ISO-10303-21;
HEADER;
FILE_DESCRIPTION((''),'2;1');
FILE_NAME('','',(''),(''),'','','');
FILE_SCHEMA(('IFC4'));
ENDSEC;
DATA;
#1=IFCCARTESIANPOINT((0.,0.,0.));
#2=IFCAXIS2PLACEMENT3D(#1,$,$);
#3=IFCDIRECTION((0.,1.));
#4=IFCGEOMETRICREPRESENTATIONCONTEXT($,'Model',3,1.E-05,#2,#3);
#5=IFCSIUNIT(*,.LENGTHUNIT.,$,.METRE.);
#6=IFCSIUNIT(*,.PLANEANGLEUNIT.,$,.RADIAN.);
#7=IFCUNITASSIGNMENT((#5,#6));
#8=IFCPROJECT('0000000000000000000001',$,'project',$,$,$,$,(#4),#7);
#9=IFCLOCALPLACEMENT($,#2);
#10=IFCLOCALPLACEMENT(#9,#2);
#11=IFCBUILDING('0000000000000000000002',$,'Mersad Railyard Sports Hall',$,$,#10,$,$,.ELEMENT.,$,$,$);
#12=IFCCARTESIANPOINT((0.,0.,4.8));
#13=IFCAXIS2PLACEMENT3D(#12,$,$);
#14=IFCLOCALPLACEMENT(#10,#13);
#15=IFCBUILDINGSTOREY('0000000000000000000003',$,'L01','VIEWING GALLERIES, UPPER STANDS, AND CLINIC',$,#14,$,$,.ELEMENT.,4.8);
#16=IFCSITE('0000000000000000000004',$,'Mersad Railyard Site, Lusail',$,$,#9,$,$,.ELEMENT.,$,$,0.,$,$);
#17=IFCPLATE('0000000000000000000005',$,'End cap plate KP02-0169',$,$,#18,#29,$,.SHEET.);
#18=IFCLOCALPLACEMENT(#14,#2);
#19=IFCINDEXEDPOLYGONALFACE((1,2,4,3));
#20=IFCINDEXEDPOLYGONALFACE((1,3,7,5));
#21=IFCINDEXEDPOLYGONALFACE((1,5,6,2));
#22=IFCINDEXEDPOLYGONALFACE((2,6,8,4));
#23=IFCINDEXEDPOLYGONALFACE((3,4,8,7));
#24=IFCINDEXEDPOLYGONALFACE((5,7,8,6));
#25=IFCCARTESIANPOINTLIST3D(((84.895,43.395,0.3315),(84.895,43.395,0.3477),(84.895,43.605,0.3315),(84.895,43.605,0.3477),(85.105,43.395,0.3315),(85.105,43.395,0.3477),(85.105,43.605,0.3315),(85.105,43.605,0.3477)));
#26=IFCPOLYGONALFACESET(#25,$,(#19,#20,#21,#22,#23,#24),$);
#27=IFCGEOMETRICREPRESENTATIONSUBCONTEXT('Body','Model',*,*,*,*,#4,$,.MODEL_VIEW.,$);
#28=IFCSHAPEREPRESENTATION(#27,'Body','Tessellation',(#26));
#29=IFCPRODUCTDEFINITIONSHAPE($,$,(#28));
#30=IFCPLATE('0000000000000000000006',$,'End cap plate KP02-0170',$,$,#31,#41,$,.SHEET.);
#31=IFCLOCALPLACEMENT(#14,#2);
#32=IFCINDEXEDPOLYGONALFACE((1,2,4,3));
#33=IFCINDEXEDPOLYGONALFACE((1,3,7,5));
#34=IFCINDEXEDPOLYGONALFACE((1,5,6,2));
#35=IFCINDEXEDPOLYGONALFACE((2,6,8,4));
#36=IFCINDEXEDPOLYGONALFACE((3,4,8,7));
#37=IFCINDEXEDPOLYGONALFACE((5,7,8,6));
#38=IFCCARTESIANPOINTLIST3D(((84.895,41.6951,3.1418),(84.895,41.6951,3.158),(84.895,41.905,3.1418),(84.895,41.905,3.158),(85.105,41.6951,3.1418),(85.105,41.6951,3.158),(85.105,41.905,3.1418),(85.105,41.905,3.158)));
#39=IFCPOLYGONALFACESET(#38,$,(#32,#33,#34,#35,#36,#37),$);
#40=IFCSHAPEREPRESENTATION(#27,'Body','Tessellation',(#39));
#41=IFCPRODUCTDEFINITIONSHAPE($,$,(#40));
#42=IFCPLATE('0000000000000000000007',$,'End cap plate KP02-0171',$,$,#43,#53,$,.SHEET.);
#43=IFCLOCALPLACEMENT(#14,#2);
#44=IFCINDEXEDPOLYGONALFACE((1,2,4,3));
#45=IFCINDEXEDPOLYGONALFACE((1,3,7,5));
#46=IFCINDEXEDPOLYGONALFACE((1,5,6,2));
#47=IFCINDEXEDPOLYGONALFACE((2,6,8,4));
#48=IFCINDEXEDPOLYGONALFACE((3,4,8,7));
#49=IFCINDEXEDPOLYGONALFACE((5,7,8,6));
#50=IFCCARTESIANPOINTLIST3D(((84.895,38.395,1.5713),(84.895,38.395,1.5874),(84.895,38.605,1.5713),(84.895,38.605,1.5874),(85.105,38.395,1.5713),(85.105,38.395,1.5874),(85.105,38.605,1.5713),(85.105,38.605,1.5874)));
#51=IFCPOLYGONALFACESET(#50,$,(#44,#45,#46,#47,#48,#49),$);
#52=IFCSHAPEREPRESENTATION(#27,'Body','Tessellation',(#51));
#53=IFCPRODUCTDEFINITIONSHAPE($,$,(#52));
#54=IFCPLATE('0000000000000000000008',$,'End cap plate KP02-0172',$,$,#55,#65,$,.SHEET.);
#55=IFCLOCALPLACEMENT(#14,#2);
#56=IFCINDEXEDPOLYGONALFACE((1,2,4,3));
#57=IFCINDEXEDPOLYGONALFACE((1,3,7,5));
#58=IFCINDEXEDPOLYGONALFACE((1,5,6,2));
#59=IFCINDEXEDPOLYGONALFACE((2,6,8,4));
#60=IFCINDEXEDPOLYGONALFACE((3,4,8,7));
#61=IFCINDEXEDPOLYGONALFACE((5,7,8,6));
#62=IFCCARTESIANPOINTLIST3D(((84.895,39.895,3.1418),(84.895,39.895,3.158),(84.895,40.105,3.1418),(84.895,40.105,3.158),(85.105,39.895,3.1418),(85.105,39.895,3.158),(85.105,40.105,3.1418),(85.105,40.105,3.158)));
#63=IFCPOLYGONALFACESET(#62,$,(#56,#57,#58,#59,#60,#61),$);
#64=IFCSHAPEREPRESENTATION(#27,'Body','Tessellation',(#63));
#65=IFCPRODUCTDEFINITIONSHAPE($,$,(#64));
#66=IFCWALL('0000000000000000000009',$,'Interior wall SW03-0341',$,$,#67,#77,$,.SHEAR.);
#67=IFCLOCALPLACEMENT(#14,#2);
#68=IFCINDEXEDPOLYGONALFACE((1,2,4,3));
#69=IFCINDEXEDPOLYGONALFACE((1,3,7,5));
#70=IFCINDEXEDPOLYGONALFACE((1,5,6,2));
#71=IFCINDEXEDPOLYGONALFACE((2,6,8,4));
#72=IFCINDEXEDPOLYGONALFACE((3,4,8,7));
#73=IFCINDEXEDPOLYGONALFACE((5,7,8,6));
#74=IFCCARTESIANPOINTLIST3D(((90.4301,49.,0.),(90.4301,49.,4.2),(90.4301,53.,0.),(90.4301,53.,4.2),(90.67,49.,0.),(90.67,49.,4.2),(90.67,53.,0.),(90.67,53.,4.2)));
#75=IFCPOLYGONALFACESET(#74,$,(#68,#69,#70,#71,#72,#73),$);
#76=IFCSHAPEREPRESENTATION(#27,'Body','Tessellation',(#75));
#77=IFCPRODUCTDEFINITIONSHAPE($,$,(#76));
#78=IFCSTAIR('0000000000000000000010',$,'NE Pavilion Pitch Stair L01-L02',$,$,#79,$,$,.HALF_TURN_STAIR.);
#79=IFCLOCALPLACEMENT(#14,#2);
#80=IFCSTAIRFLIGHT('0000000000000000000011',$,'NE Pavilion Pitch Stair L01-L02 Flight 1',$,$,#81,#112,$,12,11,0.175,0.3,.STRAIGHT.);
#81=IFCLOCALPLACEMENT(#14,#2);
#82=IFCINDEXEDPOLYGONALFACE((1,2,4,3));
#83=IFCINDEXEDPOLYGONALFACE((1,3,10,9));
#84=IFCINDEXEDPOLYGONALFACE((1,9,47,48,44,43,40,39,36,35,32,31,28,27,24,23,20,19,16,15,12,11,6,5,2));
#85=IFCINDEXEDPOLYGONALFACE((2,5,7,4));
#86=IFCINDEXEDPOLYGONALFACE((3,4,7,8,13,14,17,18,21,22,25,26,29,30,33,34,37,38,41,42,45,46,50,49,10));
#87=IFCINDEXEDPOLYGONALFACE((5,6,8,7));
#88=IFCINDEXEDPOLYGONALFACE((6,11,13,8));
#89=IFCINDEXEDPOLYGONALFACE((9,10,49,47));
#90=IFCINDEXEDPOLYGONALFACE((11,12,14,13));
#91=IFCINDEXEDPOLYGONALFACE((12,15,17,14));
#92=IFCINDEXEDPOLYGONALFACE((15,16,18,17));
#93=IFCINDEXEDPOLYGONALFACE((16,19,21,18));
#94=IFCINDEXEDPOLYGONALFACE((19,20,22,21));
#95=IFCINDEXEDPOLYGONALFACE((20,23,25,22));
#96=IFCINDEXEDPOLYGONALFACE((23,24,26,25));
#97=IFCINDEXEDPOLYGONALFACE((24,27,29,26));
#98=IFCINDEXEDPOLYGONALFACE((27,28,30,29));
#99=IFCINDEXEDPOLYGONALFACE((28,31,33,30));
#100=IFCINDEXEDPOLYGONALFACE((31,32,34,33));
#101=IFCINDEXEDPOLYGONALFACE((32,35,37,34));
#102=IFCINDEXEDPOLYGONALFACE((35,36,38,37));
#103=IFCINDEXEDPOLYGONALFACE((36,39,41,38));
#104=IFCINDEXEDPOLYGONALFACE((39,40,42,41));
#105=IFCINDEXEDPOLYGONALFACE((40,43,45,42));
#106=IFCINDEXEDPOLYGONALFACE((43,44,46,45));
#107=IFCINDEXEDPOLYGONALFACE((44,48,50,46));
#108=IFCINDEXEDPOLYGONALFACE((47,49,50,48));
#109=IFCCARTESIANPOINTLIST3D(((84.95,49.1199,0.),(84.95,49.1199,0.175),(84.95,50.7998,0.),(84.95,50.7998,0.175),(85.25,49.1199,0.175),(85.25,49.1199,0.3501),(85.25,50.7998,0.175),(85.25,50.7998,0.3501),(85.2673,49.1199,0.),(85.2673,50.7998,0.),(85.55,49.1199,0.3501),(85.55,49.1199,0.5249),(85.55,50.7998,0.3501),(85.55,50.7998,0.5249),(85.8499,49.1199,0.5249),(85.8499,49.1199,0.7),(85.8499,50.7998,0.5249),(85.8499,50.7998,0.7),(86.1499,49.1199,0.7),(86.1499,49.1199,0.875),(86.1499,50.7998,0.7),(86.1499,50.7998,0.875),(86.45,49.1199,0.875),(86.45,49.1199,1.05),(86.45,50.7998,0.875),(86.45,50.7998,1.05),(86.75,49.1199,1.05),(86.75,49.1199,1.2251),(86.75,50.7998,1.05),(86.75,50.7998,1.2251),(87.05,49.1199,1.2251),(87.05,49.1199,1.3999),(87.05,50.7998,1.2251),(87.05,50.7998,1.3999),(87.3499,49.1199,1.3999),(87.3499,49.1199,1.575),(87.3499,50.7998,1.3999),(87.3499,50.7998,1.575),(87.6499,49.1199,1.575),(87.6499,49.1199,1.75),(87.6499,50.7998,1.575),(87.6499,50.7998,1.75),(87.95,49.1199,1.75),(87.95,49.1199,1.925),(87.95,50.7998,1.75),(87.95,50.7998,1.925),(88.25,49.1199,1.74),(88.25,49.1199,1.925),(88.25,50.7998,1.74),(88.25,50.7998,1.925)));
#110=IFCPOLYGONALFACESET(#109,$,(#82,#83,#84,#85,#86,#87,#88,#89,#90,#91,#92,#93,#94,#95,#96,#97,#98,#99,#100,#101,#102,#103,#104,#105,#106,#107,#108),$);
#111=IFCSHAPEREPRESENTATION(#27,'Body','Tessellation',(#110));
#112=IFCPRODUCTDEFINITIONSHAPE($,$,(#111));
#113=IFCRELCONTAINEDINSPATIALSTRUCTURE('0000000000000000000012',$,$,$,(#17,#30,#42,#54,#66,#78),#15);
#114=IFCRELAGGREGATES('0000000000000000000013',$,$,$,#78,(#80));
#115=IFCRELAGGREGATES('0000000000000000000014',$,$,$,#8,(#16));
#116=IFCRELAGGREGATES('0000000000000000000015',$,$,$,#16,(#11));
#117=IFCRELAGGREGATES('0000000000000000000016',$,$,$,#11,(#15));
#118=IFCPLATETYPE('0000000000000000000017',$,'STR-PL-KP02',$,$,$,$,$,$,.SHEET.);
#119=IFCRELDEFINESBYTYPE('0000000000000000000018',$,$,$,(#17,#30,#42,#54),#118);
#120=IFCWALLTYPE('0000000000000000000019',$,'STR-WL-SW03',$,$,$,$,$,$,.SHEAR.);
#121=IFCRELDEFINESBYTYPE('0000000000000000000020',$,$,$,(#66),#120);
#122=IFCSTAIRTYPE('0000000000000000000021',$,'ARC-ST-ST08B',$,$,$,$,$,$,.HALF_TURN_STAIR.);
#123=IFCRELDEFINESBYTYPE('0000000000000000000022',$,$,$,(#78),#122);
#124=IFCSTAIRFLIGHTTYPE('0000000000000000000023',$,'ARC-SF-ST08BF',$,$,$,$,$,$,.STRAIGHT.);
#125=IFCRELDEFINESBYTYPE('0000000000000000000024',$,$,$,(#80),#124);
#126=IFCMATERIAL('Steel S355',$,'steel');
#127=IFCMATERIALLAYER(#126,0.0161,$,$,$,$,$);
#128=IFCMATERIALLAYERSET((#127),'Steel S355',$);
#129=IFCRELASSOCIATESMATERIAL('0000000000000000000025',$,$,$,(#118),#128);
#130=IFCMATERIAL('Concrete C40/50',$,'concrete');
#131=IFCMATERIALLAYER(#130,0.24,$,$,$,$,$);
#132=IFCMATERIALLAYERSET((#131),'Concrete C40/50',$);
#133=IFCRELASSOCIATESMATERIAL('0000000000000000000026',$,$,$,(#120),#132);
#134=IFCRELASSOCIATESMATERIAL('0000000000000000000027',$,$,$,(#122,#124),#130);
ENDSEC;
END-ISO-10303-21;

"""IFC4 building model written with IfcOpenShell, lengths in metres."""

from ifc_helpers import new_model, si_unit, direction, frame, frame_2d, origin, origin_2d, place, context, subcontext, project, spatial, polyline, rectangle, outline, extrude, material, layer, layer_set, type_object, element, aggregate, save


model = new_model("IFC4")

# Units and contexts
model_context = context("Model", 3, precision=1e-05, world=origin(), true_north=direction((0.0, 1.0)))
body_context = subcontext(model_context, "Body", "Model", "MODEL_VIEW")
ifc_project = project(units=[si_unit("LENGTHUNIT", "METRE"), si_unit("PLANEANGLEUNIT", "RADIAN")], contexts=[model_context])

# Site, building, storey
site_placement = place(None, origin())
site = spatial("IfcSite", under=ifc_project, at=site_placement, Name="Mersad Railyard Site, Lusail", CompositionType="ELEMENT", RefElevation=0.0)
building_placement = place(site_placement, origin())
building = spatial("IfcBuilding", under=site, at=building_placement, Name="Mersad Railyard Sports Hall", CompositionType="ELEMENT")
storey_placement = place(building_placement, frame((0.0, 0.0, 4.8)))
storey = spatial("IfcBuildingStorey", under=building, at=storey_placement, Name="L01", Description="VIEWING GALLERIES, UPPER STANDS, AND CLINIC", CompositionType="ELEMENT", Elevation=4.8)

# Shared definitions
ifc_material_1 = material(Name="Concrete C40/50", Category="concrete")

# Shared definitions
ifc_material_2 = material(Name="Steel S355", Category="steel")

# Plates
ifc_layer_1 = layer(ifc_material_2, 0.0161)
ifc_layer_set_1 = layer_set([ifc_layer_1], Name="Steel S355")
plate_type = type_object("IfcPlateType", Name="STR-PL-KP02", PredefinedType="SHEET", material=ifc_layer_set_1)
for number, where, z_axis, x_axis, name in (
    (1, (85.0, 43.5, 0.3315), (0.0, 0.0, 1.0), (1.0, 0.0, 0.0), "End cap plate KP02-0169"),
    (2, (85.0, 41.8, 3.1418), (0.0, 0.0, 1.0), (1.0, 0.0, 0.0), "End cap plate KP02-0170"),
    (3, (85.0, 38.5, 1.5713), (0.0, 0.0, 1.0), (1.0, 0.0, 0.0), "End cap plate KP02-0171"),
    (4, (85.0, 40.0, 3.1418), (0.0, 0.0, 1.0), (1.0, 0.0, 0.0), "End cap plate KP02-0172"),
):
    element("IfcPlate", number, at=place(storey_placement, frame(where, z_axis=z_axis, x_axis=x_axis)), inside=storey, type_object=plate_type, Name=name, PredefinedType="SHEET", context=body_context, shape_type="SweptSolid", body=[
        extrude(rectangle(XDim=0.21, YDim=0.21, at=origin_2d()), origin(), (0.0, 0.0, 1.0), 0.0161),
    ])

# Wall
ifc_layer_2 = layer(ifc_material_1, 0.24)
ifc_layer_set_2 = layer_set([ifc_layer_2], Name="Concrete C40/50")
wall_type = type_object("IfcWallType", Name="STR-WL-SW03", PredefinedType="SHEAR", material=ifc_layer_set_2)
wall_placement = place(storey_placement, frame((90.55, 49.0, 0.0), z_axis=(0.0, 0.0, 1.0), x_axis=(0.0, 1.0, 0.0)))
element("IfcWall", 5, at=wall_placement, inside=storey, type_object=wall_type, Name="Interior wall SW03-0341", PredefinedType="SHEAR", context=body_context, shape_type="SweptSolid", body=[
    extrude(rectangle(XDim=4.0, YDim=0.24, at=frame_2d((2.0, 0.0))), origin(), (0.0, 0.0, 1.0), 4.2),
])

# Stair, stair flight
stair_type = type_object("IfcStairType", Name="ARC-ST-ST08B", PredefinedType="HALF_TURN_STAIR", material=ifc_material_1)
stair_placement = place(storey_placement, origin())
stair = element("IfcStair", 6, at=stair_placement, inside=storey, type_object=stair_type, Name="NE Pavilion Pitch Stair L01-L02", PredefinedType="HALF_TURN_STAIR")
stair_flight_type = type_object("IfcStairFlightType", Name="ARC-SF-ST08BF", PredefinedType="STRAIGHT", material=ifc_material_1)
stair_flight_placement = place(storey_placement, frame((84.95, 49.96, 0.0), z_axis=(0.0, 0.0, 1.0), x_axis=(1.0, 0.0, 0.0)))
stair_flight = element("IfcStairFlight", 7, at=stair_flight_placement, type_object=stair_flight_type, Name="NE Pavilion Pitch Stair L01-L02 Flight 1", NumberOfRisers=12, NumberOfTreads=11, PredefinedType="STRAIGHT", RiserHeight=0.175, TreadLength=0.3, context=body_context, shape_type="SweptSolid", body=[
    extrude(outline(polyline([(0.0, 0.0), (0.0, 0.175), (0.3, 0.175), (0.3, 0.3501), (0.6001, 0.3501), (0.6001, 0.5249), (0.8999, 0.5249), (0.8999, 0.7), (1.2, 0.7), (1.2, 0.875), (1.5, 0.875), (1.5, 1.05), (1.8, 1.05), (1.8, 1.2251), (2.1001, 1.2251), (2.1001, 1.3999), (2.3999, 1.3999), (2.3999, 1.575), (2.7, 1.575), (2.7, 1.75), (3.0, 1.75), (3.0, 1.925), (3.3, 1.925), (3.3, 2.1001), (3.3, 1.74), (0.3174, 0.0), (0.0, 0.0)])), frame((0.0, 0.8398, 0.0), z_axis=(0.0, -1.0, 0.0), x_axis=(1.0, 0.0, 0.0)), (0.0, 0.0, 1.0), 1.6799),
])
aggregate(stair, [stair_flight])

save(model, "model.ifc")
